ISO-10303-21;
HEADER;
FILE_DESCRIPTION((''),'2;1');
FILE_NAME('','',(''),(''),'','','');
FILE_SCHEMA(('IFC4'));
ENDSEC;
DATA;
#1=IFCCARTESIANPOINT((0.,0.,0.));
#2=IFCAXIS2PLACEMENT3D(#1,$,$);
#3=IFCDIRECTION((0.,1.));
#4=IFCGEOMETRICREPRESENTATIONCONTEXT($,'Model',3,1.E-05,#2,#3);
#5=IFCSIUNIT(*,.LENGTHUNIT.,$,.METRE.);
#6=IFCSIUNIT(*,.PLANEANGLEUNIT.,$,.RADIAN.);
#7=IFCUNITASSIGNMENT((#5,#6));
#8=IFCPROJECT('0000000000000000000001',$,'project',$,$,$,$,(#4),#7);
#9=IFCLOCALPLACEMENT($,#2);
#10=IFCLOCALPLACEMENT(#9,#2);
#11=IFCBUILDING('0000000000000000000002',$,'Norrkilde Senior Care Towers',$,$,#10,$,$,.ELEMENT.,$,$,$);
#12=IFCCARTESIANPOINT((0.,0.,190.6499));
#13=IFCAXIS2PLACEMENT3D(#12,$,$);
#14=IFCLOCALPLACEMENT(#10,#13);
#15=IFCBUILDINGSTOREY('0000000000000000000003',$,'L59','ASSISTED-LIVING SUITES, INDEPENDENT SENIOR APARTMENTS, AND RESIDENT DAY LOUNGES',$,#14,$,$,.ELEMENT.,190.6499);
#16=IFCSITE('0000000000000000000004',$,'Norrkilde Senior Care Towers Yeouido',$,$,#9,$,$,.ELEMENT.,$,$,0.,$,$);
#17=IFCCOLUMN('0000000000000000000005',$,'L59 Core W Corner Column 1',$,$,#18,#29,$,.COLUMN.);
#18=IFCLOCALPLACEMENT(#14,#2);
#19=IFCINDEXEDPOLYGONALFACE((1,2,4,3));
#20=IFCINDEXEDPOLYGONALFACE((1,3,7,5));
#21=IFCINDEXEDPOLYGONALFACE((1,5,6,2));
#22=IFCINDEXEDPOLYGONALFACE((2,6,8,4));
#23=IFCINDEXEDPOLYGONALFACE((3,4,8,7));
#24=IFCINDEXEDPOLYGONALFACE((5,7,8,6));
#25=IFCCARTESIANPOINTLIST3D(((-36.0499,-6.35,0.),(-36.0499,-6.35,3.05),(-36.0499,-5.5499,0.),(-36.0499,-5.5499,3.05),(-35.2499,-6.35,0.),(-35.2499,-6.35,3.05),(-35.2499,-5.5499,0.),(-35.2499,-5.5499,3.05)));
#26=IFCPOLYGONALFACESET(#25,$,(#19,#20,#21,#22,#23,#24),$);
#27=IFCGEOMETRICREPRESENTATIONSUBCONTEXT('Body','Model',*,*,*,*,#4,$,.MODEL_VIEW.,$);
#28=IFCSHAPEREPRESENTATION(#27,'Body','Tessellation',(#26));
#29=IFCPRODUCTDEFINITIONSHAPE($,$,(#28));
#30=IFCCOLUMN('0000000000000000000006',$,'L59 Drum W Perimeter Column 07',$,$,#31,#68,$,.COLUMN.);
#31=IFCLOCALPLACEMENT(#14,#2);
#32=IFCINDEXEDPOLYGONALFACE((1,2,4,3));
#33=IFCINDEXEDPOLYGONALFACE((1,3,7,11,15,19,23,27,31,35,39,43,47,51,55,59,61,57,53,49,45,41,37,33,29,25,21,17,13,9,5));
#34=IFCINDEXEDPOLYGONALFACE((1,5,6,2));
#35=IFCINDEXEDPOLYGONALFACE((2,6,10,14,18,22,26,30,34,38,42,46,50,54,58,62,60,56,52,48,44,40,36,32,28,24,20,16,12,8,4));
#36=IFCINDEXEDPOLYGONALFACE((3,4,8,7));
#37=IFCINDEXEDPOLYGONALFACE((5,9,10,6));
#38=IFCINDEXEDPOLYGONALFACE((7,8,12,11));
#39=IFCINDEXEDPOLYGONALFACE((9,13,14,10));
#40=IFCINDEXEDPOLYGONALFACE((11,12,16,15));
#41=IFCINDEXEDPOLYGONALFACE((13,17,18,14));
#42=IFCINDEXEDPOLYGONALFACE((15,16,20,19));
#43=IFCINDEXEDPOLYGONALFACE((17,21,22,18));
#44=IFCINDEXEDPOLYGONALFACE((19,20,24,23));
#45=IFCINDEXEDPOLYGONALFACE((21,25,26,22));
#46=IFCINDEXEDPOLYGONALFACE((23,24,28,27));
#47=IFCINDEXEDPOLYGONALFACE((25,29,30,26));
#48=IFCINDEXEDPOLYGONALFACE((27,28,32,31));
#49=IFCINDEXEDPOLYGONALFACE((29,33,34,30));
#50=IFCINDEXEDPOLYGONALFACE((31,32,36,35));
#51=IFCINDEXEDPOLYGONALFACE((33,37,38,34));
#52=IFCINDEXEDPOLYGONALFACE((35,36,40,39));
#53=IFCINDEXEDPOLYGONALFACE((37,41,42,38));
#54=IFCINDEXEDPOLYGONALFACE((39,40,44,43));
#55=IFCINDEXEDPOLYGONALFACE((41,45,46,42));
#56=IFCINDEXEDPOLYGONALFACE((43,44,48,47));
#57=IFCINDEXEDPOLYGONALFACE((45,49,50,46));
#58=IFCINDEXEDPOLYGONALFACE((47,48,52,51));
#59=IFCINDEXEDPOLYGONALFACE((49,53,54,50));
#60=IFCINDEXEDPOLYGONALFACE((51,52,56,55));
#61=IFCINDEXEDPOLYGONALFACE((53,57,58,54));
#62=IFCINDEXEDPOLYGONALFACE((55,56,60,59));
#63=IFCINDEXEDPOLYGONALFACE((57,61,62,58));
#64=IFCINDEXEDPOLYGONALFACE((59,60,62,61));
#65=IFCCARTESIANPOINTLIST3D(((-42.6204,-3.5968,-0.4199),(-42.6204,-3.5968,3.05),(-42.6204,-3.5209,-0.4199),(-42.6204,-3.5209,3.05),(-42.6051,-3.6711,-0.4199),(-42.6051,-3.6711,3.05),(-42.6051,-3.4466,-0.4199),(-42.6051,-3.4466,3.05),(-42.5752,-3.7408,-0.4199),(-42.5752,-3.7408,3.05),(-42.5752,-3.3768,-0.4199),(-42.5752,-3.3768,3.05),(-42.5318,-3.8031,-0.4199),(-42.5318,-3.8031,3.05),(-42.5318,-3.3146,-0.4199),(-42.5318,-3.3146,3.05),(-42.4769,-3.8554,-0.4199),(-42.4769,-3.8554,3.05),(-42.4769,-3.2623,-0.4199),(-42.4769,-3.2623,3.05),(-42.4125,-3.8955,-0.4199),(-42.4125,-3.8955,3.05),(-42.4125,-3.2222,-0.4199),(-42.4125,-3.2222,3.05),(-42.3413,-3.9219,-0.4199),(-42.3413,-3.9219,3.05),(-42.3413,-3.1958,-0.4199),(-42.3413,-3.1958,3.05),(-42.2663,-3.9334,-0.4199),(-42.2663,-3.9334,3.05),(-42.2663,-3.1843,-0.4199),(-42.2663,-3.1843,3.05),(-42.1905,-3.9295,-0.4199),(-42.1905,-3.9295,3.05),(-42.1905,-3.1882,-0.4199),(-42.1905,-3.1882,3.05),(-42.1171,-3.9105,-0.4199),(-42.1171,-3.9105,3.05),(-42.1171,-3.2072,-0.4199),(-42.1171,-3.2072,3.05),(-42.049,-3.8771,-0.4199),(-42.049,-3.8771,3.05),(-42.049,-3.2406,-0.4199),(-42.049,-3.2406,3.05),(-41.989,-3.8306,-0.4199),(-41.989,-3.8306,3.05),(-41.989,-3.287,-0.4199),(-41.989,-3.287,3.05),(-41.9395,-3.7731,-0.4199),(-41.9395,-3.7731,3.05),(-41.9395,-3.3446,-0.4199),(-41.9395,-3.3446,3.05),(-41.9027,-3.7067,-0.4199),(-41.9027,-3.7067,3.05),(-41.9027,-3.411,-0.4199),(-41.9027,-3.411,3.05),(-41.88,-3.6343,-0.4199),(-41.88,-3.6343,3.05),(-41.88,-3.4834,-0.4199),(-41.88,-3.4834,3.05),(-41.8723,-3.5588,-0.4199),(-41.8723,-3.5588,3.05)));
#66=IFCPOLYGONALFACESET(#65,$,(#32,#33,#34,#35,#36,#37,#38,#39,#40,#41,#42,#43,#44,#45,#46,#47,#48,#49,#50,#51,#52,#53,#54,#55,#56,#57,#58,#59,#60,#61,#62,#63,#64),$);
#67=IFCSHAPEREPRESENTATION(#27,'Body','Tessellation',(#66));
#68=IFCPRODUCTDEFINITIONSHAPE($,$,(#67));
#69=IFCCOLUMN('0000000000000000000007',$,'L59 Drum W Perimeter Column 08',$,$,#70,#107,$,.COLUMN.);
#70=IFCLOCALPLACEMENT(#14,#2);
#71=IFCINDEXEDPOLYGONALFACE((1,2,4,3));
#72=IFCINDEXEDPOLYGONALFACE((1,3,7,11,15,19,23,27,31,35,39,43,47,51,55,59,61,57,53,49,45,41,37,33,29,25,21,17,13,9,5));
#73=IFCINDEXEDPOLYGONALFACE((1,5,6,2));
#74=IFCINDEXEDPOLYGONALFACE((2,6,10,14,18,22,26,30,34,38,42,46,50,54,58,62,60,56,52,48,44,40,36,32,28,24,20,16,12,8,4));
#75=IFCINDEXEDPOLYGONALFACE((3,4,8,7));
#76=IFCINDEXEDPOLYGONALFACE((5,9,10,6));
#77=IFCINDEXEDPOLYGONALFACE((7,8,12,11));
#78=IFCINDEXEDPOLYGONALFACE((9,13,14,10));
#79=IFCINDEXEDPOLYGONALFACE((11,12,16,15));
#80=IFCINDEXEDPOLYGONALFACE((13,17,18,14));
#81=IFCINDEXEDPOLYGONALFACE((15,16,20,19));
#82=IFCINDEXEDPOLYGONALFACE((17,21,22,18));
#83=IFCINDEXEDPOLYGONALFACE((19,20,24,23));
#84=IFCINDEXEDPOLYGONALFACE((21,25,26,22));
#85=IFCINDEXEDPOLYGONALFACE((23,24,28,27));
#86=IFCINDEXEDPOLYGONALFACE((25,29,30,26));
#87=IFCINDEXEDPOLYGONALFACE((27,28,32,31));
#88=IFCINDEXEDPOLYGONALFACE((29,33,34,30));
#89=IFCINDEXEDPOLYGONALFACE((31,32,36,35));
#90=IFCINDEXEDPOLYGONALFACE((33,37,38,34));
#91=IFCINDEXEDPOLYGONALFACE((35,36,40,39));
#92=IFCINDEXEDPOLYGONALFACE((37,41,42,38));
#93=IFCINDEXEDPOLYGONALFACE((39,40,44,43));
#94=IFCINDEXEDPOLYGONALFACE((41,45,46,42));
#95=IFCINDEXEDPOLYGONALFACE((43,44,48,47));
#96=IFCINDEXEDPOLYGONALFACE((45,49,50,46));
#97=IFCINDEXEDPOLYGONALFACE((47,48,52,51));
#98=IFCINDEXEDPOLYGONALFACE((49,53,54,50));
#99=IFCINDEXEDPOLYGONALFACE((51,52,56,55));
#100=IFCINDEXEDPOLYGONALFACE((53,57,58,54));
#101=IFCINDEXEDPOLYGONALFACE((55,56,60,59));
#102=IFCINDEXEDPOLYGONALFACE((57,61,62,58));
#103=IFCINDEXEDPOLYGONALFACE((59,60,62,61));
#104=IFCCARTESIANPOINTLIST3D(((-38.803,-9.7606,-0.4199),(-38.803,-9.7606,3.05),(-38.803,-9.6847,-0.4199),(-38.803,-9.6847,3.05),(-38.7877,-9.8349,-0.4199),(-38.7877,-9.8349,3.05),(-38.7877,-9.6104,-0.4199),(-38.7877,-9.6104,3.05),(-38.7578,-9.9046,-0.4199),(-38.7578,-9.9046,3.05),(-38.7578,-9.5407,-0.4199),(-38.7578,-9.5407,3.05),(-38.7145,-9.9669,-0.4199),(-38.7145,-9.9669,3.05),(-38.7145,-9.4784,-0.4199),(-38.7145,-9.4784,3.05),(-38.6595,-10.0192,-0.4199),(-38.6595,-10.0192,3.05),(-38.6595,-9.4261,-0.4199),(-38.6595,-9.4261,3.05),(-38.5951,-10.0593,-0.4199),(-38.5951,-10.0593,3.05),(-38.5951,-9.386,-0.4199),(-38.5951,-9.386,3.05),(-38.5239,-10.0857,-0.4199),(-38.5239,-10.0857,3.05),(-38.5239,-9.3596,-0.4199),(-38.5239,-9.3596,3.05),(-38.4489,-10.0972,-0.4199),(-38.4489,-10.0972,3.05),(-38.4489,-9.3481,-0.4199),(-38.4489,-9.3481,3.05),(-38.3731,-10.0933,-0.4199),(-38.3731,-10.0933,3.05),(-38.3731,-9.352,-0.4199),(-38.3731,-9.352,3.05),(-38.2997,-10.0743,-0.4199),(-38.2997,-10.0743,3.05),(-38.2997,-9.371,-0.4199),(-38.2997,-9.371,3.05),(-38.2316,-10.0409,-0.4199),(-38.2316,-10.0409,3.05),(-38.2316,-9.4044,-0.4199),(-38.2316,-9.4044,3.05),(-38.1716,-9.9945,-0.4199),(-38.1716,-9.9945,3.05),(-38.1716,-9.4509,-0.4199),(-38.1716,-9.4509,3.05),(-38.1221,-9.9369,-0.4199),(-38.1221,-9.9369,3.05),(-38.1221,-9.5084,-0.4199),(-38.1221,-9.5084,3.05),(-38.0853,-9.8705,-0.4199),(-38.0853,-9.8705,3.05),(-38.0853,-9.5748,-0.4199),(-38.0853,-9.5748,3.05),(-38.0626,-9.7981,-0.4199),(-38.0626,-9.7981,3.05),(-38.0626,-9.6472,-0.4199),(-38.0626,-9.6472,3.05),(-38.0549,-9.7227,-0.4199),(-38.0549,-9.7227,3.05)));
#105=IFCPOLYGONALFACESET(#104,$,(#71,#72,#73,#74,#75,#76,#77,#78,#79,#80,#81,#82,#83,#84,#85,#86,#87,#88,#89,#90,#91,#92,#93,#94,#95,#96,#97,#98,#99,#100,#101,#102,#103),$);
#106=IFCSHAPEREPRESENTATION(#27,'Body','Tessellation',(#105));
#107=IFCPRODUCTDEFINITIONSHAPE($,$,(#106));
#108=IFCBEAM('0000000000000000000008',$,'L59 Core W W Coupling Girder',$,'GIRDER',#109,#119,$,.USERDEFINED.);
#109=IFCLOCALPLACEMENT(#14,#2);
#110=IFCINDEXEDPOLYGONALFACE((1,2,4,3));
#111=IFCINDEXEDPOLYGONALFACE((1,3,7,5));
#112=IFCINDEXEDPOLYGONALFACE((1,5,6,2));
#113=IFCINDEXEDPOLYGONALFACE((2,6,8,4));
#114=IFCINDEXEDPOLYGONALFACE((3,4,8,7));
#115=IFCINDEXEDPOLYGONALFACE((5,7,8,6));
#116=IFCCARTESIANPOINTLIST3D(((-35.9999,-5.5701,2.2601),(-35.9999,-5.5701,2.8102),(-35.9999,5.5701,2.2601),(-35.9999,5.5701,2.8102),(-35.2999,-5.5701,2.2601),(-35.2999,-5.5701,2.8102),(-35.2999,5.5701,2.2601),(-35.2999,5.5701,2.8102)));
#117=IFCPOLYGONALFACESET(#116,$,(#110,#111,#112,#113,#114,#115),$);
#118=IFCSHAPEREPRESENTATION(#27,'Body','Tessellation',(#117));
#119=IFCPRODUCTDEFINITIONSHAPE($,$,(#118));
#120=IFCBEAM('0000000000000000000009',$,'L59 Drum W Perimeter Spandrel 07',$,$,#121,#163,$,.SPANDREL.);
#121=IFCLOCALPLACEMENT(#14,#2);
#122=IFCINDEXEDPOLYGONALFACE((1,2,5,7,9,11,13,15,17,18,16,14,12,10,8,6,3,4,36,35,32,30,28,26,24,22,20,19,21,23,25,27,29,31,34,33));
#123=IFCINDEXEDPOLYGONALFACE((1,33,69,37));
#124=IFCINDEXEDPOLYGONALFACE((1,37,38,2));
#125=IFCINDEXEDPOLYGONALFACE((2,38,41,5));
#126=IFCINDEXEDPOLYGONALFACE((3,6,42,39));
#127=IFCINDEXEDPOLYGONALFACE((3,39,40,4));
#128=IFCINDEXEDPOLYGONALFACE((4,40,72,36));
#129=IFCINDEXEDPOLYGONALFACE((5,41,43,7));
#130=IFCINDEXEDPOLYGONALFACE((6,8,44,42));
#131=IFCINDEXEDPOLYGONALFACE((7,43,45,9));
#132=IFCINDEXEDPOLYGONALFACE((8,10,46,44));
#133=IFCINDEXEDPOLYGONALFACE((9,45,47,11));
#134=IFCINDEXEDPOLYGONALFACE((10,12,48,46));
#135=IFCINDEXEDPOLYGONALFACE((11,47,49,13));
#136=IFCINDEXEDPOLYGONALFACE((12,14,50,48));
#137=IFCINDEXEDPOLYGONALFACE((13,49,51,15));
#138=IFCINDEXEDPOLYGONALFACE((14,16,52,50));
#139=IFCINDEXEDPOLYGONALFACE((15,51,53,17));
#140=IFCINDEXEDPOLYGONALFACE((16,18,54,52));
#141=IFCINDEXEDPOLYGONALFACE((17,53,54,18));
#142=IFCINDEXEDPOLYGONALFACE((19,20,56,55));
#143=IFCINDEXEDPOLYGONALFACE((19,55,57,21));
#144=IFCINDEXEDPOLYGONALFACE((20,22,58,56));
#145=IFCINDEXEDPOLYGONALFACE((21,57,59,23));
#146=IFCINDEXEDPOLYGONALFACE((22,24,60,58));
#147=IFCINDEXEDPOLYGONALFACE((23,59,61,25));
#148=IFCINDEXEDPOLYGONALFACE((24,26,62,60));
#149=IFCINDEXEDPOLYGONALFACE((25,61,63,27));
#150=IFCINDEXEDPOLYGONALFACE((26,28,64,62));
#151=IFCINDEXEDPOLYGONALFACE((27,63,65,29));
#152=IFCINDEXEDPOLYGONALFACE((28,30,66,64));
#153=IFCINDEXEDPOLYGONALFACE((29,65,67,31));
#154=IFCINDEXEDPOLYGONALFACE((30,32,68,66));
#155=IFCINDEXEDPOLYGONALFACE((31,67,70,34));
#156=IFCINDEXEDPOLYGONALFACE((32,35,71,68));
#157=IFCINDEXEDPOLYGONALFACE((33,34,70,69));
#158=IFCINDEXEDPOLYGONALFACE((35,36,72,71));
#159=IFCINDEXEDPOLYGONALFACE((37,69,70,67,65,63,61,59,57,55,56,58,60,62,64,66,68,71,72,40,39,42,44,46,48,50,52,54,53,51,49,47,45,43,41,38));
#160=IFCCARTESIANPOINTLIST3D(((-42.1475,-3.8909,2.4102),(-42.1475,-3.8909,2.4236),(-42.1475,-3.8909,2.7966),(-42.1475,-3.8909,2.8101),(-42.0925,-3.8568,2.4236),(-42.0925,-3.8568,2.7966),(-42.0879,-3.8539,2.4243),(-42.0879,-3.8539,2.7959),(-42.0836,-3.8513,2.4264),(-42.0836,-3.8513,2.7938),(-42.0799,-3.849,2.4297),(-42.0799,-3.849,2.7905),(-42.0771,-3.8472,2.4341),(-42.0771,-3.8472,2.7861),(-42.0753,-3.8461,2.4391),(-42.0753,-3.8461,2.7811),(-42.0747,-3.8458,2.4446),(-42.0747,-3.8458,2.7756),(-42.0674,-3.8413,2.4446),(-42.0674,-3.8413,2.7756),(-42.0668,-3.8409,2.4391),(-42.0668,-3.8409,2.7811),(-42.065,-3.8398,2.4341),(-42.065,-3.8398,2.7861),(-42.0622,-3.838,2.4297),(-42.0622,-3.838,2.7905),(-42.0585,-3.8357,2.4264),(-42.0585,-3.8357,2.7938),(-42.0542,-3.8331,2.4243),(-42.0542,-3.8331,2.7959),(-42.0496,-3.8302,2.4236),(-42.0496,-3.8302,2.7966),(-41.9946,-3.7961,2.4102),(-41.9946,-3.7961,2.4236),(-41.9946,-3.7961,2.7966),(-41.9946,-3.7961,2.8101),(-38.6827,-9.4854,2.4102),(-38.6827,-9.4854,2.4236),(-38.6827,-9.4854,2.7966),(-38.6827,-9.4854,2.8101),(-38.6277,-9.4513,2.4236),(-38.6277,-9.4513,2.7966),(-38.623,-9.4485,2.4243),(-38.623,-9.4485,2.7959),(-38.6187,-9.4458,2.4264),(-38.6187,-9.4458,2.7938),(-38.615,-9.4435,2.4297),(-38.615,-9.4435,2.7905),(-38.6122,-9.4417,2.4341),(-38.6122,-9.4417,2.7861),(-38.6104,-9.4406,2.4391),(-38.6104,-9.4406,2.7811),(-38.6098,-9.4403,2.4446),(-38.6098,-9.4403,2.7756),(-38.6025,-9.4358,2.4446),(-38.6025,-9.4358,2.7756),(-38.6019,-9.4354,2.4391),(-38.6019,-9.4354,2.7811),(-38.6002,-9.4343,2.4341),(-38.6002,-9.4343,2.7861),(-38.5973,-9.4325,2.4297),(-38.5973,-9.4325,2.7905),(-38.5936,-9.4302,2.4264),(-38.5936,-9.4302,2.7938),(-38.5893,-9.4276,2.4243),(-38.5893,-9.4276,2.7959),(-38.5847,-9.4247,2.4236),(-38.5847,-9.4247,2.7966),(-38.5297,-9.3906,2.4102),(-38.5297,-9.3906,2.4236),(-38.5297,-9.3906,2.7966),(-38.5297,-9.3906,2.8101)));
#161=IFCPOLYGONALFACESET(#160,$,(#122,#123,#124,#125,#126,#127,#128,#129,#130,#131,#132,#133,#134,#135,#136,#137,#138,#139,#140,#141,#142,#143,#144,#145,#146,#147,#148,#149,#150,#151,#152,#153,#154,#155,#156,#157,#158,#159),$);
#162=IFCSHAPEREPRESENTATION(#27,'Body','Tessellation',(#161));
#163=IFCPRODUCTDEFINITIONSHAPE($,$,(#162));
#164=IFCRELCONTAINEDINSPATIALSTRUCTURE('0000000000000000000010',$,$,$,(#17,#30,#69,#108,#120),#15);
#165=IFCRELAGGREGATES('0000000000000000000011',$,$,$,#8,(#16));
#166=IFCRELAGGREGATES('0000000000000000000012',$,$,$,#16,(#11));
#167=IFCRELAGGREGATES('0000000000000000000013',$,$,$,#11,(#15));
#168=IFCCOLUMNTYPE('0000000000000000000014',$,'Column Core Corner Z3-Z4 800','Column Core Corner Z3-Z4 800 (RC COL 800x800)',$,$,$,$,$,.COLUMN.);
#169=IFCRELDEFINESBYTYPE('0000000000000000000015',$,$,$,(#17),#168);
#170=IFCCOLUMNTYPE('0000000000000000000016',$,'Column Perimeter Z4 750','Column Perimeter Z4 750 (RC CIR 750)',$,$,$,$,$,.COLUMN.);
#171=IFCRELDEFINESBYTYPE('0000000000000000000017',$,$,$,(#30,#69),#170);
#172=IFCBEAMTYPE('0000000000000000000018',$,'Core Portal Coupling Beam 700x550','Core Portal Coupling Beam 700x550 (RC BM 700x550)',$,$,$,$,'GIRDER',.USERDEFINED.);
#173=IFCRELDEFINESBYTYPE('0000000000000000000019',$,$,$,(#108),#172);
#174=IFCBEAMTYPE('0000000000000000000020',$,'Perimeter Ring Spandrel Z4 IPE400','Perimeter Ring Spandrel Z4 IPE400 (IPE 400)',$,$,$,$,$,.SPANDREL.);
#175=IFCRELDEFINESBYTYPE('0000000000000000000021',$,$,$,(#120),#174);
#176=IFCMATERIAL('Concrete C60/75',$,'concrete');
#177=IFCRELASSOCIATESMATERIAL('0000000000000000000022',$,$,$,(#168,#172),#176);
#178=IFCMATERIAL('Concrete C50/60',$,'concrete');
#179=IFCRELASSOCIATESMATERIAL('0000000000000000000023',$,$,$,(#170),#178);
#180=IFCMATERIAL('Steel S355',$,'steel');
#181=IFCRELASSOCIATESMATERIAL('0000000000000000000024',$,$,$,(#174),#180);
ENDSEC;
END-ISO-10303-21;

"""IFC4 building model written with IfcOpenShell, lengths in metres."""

from ifc_helpers import new_model, si_unit, direction, frame, origin, origin_2d, place, context, subcontext, project, spatial, rectangle, circle, i_section, extrude, source, transform, mapped, material, material_profile, profile_set, type_object, type_shapes, element, save


model = new_model("IFC4")

# Units and contexts
model_context = context("Model", 3, precision=1e-05, world=origin(), true_north=direction((0.0, 1.0)))
body_context = subcontext(model_context, "Body", "Model", "MODEL_VIEW")
ifc_project = project(units=[si_unit("LENGTHUNIT", "METRE"), si_unit("PLANEANGLEUNIT", "RADIAN")], contexts=[model_context])

# Site, building, storey
site_placement = place(None, origin())
site = spatial("IfcSite", under=ifc_project, at=site_placement, Name="Norrkilde Senior Care Towers Yeouido", CompositionType="ELEMENT", RefElevation=0.0)
building_placement = place(site_placement, origin())
building = spatial("IfcBuilding", under=site, at=building_placement, Name="Norrkilde Senior Care Towers", CompositionType="ELEMENT")
storey_placement = place(building_placement, frame((0.0, 0.0, 190.6499)))
storey = spatial("IfcBuildingStorey", under=building, at=storey_placement, Name="L59", Description="ASSISTED-LIVING SUITES, INDEPENDENT SENIOR APARTMENTS, AND RESIDENT DAY LOUNGES", CompositionType="ELEMENT", Elevation=190.6499)

# Columns
ifc_material_1 = material(Name="Concrete C60/75", Category="concrete")
ifc_material_profile_1 = material_profile(ifc_material_1, rectangle(XDim=0.8, YDim=0.8, at=origin_2d()), Name="RC COL 800x800")
ifc_profile_set_1 = profile_set([ifc_material_profile_1], Name="Concrete C60/75")
column_type_1 = type_object("IfcColumnType", Name="Column Core Corner Z3-Z4 800", Description="Column Core Corner Z3-Z4 800 (RC COL 800x800)", PredefinedType="COLUMN", material=ifc_profile_set_1)
shared_shape_1 = source(origin(), body_context, "Body", "SweptSolid", [
    extrude(rectangle(XDim=0.8, YDim=0.8, at=origin_2d()), origin(), (0.0, 0.0, 1.0), 3.05),
])
type_shapes(column_type_1, [shared_shape_1])
column_placement = place(storey_placement, frame((-35.6499, -5.95, 0.0), z_axis=(0.0, 0.0, 1.0), x_axis=(1.0, 0.0, 0.0)))
element("IfcColumn", 1, at=column_placement, inside=storey, type_object=column_type_1, Name="L59 Core W Corner Column 1", PredefinedType="COLUMN", context=body_context, shape_type="MappedRepresentation", body=[
    mapped(shared_shape_1, transform((0.0, 0.0, 0.0), x_axis=(1.0, 0.0, 0.0), y_axis=(0.0, 1.0, 0.0), z_axis=(0.0, 0.0, 1.0), scale=1.0)),
])
ifc_material_2 = material(Name="Concrete C50/60", Category="concrete")
ifc_material_profile_2 = material_profile(ifc_material_2, circle(Radius=0.375, at=origin_2d()), Name="RC CIR 750")
ifc_profile_set_2 = profile_set([ifc_material_profile_2], Name="Concrete C50/60")
column_type_2 = type_object("IfcColumnType", Name="Column Perimeter Z4 750", Description="Column Perimeter Z4 750 (RC CIR 750)", PredefinedType="COLUMN", material=ifc_profile_set_2)
shared_shape_2 = source(origin(), body_context, "Body", "SweptSolid", [
    extrude(circle(Radius=0.375, at=origin_2d()), origin(), (0.0, 0.0, 1.0), 3.47),
])
type_shapes(column_type_2, [shared_shape_2])
for number, where, z_axis, x_axis, name in (
    (2, (-42.2473, -3.5588, -0.4199), (0.0, 0.0, 1.0), (1.0, 0.0, 0.0), "L59 Drum W Perimeter Column 07"),
    (3, (-38.4299, -9.7227, -0.4199), (0.0, 0.0, 1.0), (1.0, 0.0, 0.0), "L59 Drum W Perimeter Column 08"),
):
    element("IfcColumn", number, at=place(storey_placement, frame(where, z_axis=z_axis, x_axis=x_axis)), inside=storey, type_object=column_type_2, Name=name, PredefinedType="COLUMN", context=body_context, shape_type="MappedRepresentation", body=[
        mapped(shared_shape_2, transform((0.0, 0.0, 0.0), x_axis=(1.0, 0.0, 0.0), y_axis=(0.0, 1.0, 0.0), z_axis=(0.0, 0.0, 1.0), scale=1.0)),
    ])

# Beams
ifc_material_profile_3 = material_profile(ifc_material_1, rectangle(XDim=0.7, YDim=0.55, at=origin_2d()), Name="RC BM 700x550")
ifc_profile_set_3 = profile_set([ifc_material_profile_3], Name="Concrete C60/75")
beam_type_1 = type_object("IfcBeamType", Name="Core Portal Coupling Beam 700x550", Description="Core Portal Coupling Beam 700x550 (RC BM 700x550)", ElementType="GIRDER", PredefinedType="USERDEFINED", material=ifc_profile_set_3)
shared_shape_3 = source(origin(), body_context, "Body", "SweptSolid", [
    extrude(rectangle(XDim=0.7, YDim=0.55, at=origin_2d()), origin(), (0.0, 0.0, 1.0), 11.1401),
])
type_shapes(beam_type_1, [shared_shape_3])
beam_1_placement = place(storey_placement, frame((-35.6499, -5.5701, 2.5352), z_axis=(0.0, 1.0, 0.0), x_axis=(-1.0, 0.0, 0.0)))
element("IfcBeam", 4, at=beam_1_placement, inside=storey, type_object=beam_type_1, Name="L59 Core W W Coupling Girder", ObjectType="GIRDER", PredefinedType="USERDEFINED", context=body_context, shape_type="MappedRepresentation", body=[
    mapped(shared_shape_3, transform((0.0, 0.0, 0.0), x_axis=(1.0, 0.0, 0.0), y_axis=(0.0, 1.0, 0.0), z_axis=(0.0, 0.0, 1.0), scale=1.0)),
])
ifc_material_3 = material(Name="Steel S355", Category="steel")
ifc_material_profile_4 = material_profile(ifc_material_3, i_section(OverallWidth=0.1799, OverallDepth=0.3999, WebThickness=0.0085, FlangeThickness=0.0134, FilletRadius=0.021, at=origin_2d()), Name="IPE 400")
ifc_profile_set_4 = profile_set([ifc_material_profile_4], Name="Steel S355")
beam_type_2 = type_object("IfcBeamType", Name="Perimeter Ring Spandrel Z4 IPE400", Description="Perimeter Ring Spandrel Z4 IPE400 (IPE 400)", PredefinedType="SPANDREL", material=ifc_profile_set_4)
shared_shape_4 = source(origin(), body_context, "Body", "SweptSolid", [
    extrude(i_section(OverallWidth=0.1799, OverallDepth=0.3999, WebThickness=0.0085, FlangeThickness=0.0134, FilletRadius=0.021, at=origin_2d()), origin(), (0.0, 0.0, 1.0), 6.5806),
])
beam_2_placement = place(storey_placement, frame((-42.071, -3.8435, 2.6101), z_axis=(0.52653, -0.850157, 0.0), x_axis=(0.850157, 0.52653, 0.0)))
element("IfcBeam", 5, at=beam_2_placement, inside=storey, type_object=beam_type_2, Name="L59 Drum W Perimeter Spandrel 07", PredefinedType="SPANDREL", context=body_context, shape_type="MappedRepresentation", body=[
    mapped(shared_shape_4, transform((0.0, 0.0, 0.0), x_axis=(1.0, 0.0, 0.0), y_axis=(0.0, 1.0, 0.0), z_axis=(0.0, 0.0, 1.0), scale=1.0)),
])

save(model, "model.ifc")
